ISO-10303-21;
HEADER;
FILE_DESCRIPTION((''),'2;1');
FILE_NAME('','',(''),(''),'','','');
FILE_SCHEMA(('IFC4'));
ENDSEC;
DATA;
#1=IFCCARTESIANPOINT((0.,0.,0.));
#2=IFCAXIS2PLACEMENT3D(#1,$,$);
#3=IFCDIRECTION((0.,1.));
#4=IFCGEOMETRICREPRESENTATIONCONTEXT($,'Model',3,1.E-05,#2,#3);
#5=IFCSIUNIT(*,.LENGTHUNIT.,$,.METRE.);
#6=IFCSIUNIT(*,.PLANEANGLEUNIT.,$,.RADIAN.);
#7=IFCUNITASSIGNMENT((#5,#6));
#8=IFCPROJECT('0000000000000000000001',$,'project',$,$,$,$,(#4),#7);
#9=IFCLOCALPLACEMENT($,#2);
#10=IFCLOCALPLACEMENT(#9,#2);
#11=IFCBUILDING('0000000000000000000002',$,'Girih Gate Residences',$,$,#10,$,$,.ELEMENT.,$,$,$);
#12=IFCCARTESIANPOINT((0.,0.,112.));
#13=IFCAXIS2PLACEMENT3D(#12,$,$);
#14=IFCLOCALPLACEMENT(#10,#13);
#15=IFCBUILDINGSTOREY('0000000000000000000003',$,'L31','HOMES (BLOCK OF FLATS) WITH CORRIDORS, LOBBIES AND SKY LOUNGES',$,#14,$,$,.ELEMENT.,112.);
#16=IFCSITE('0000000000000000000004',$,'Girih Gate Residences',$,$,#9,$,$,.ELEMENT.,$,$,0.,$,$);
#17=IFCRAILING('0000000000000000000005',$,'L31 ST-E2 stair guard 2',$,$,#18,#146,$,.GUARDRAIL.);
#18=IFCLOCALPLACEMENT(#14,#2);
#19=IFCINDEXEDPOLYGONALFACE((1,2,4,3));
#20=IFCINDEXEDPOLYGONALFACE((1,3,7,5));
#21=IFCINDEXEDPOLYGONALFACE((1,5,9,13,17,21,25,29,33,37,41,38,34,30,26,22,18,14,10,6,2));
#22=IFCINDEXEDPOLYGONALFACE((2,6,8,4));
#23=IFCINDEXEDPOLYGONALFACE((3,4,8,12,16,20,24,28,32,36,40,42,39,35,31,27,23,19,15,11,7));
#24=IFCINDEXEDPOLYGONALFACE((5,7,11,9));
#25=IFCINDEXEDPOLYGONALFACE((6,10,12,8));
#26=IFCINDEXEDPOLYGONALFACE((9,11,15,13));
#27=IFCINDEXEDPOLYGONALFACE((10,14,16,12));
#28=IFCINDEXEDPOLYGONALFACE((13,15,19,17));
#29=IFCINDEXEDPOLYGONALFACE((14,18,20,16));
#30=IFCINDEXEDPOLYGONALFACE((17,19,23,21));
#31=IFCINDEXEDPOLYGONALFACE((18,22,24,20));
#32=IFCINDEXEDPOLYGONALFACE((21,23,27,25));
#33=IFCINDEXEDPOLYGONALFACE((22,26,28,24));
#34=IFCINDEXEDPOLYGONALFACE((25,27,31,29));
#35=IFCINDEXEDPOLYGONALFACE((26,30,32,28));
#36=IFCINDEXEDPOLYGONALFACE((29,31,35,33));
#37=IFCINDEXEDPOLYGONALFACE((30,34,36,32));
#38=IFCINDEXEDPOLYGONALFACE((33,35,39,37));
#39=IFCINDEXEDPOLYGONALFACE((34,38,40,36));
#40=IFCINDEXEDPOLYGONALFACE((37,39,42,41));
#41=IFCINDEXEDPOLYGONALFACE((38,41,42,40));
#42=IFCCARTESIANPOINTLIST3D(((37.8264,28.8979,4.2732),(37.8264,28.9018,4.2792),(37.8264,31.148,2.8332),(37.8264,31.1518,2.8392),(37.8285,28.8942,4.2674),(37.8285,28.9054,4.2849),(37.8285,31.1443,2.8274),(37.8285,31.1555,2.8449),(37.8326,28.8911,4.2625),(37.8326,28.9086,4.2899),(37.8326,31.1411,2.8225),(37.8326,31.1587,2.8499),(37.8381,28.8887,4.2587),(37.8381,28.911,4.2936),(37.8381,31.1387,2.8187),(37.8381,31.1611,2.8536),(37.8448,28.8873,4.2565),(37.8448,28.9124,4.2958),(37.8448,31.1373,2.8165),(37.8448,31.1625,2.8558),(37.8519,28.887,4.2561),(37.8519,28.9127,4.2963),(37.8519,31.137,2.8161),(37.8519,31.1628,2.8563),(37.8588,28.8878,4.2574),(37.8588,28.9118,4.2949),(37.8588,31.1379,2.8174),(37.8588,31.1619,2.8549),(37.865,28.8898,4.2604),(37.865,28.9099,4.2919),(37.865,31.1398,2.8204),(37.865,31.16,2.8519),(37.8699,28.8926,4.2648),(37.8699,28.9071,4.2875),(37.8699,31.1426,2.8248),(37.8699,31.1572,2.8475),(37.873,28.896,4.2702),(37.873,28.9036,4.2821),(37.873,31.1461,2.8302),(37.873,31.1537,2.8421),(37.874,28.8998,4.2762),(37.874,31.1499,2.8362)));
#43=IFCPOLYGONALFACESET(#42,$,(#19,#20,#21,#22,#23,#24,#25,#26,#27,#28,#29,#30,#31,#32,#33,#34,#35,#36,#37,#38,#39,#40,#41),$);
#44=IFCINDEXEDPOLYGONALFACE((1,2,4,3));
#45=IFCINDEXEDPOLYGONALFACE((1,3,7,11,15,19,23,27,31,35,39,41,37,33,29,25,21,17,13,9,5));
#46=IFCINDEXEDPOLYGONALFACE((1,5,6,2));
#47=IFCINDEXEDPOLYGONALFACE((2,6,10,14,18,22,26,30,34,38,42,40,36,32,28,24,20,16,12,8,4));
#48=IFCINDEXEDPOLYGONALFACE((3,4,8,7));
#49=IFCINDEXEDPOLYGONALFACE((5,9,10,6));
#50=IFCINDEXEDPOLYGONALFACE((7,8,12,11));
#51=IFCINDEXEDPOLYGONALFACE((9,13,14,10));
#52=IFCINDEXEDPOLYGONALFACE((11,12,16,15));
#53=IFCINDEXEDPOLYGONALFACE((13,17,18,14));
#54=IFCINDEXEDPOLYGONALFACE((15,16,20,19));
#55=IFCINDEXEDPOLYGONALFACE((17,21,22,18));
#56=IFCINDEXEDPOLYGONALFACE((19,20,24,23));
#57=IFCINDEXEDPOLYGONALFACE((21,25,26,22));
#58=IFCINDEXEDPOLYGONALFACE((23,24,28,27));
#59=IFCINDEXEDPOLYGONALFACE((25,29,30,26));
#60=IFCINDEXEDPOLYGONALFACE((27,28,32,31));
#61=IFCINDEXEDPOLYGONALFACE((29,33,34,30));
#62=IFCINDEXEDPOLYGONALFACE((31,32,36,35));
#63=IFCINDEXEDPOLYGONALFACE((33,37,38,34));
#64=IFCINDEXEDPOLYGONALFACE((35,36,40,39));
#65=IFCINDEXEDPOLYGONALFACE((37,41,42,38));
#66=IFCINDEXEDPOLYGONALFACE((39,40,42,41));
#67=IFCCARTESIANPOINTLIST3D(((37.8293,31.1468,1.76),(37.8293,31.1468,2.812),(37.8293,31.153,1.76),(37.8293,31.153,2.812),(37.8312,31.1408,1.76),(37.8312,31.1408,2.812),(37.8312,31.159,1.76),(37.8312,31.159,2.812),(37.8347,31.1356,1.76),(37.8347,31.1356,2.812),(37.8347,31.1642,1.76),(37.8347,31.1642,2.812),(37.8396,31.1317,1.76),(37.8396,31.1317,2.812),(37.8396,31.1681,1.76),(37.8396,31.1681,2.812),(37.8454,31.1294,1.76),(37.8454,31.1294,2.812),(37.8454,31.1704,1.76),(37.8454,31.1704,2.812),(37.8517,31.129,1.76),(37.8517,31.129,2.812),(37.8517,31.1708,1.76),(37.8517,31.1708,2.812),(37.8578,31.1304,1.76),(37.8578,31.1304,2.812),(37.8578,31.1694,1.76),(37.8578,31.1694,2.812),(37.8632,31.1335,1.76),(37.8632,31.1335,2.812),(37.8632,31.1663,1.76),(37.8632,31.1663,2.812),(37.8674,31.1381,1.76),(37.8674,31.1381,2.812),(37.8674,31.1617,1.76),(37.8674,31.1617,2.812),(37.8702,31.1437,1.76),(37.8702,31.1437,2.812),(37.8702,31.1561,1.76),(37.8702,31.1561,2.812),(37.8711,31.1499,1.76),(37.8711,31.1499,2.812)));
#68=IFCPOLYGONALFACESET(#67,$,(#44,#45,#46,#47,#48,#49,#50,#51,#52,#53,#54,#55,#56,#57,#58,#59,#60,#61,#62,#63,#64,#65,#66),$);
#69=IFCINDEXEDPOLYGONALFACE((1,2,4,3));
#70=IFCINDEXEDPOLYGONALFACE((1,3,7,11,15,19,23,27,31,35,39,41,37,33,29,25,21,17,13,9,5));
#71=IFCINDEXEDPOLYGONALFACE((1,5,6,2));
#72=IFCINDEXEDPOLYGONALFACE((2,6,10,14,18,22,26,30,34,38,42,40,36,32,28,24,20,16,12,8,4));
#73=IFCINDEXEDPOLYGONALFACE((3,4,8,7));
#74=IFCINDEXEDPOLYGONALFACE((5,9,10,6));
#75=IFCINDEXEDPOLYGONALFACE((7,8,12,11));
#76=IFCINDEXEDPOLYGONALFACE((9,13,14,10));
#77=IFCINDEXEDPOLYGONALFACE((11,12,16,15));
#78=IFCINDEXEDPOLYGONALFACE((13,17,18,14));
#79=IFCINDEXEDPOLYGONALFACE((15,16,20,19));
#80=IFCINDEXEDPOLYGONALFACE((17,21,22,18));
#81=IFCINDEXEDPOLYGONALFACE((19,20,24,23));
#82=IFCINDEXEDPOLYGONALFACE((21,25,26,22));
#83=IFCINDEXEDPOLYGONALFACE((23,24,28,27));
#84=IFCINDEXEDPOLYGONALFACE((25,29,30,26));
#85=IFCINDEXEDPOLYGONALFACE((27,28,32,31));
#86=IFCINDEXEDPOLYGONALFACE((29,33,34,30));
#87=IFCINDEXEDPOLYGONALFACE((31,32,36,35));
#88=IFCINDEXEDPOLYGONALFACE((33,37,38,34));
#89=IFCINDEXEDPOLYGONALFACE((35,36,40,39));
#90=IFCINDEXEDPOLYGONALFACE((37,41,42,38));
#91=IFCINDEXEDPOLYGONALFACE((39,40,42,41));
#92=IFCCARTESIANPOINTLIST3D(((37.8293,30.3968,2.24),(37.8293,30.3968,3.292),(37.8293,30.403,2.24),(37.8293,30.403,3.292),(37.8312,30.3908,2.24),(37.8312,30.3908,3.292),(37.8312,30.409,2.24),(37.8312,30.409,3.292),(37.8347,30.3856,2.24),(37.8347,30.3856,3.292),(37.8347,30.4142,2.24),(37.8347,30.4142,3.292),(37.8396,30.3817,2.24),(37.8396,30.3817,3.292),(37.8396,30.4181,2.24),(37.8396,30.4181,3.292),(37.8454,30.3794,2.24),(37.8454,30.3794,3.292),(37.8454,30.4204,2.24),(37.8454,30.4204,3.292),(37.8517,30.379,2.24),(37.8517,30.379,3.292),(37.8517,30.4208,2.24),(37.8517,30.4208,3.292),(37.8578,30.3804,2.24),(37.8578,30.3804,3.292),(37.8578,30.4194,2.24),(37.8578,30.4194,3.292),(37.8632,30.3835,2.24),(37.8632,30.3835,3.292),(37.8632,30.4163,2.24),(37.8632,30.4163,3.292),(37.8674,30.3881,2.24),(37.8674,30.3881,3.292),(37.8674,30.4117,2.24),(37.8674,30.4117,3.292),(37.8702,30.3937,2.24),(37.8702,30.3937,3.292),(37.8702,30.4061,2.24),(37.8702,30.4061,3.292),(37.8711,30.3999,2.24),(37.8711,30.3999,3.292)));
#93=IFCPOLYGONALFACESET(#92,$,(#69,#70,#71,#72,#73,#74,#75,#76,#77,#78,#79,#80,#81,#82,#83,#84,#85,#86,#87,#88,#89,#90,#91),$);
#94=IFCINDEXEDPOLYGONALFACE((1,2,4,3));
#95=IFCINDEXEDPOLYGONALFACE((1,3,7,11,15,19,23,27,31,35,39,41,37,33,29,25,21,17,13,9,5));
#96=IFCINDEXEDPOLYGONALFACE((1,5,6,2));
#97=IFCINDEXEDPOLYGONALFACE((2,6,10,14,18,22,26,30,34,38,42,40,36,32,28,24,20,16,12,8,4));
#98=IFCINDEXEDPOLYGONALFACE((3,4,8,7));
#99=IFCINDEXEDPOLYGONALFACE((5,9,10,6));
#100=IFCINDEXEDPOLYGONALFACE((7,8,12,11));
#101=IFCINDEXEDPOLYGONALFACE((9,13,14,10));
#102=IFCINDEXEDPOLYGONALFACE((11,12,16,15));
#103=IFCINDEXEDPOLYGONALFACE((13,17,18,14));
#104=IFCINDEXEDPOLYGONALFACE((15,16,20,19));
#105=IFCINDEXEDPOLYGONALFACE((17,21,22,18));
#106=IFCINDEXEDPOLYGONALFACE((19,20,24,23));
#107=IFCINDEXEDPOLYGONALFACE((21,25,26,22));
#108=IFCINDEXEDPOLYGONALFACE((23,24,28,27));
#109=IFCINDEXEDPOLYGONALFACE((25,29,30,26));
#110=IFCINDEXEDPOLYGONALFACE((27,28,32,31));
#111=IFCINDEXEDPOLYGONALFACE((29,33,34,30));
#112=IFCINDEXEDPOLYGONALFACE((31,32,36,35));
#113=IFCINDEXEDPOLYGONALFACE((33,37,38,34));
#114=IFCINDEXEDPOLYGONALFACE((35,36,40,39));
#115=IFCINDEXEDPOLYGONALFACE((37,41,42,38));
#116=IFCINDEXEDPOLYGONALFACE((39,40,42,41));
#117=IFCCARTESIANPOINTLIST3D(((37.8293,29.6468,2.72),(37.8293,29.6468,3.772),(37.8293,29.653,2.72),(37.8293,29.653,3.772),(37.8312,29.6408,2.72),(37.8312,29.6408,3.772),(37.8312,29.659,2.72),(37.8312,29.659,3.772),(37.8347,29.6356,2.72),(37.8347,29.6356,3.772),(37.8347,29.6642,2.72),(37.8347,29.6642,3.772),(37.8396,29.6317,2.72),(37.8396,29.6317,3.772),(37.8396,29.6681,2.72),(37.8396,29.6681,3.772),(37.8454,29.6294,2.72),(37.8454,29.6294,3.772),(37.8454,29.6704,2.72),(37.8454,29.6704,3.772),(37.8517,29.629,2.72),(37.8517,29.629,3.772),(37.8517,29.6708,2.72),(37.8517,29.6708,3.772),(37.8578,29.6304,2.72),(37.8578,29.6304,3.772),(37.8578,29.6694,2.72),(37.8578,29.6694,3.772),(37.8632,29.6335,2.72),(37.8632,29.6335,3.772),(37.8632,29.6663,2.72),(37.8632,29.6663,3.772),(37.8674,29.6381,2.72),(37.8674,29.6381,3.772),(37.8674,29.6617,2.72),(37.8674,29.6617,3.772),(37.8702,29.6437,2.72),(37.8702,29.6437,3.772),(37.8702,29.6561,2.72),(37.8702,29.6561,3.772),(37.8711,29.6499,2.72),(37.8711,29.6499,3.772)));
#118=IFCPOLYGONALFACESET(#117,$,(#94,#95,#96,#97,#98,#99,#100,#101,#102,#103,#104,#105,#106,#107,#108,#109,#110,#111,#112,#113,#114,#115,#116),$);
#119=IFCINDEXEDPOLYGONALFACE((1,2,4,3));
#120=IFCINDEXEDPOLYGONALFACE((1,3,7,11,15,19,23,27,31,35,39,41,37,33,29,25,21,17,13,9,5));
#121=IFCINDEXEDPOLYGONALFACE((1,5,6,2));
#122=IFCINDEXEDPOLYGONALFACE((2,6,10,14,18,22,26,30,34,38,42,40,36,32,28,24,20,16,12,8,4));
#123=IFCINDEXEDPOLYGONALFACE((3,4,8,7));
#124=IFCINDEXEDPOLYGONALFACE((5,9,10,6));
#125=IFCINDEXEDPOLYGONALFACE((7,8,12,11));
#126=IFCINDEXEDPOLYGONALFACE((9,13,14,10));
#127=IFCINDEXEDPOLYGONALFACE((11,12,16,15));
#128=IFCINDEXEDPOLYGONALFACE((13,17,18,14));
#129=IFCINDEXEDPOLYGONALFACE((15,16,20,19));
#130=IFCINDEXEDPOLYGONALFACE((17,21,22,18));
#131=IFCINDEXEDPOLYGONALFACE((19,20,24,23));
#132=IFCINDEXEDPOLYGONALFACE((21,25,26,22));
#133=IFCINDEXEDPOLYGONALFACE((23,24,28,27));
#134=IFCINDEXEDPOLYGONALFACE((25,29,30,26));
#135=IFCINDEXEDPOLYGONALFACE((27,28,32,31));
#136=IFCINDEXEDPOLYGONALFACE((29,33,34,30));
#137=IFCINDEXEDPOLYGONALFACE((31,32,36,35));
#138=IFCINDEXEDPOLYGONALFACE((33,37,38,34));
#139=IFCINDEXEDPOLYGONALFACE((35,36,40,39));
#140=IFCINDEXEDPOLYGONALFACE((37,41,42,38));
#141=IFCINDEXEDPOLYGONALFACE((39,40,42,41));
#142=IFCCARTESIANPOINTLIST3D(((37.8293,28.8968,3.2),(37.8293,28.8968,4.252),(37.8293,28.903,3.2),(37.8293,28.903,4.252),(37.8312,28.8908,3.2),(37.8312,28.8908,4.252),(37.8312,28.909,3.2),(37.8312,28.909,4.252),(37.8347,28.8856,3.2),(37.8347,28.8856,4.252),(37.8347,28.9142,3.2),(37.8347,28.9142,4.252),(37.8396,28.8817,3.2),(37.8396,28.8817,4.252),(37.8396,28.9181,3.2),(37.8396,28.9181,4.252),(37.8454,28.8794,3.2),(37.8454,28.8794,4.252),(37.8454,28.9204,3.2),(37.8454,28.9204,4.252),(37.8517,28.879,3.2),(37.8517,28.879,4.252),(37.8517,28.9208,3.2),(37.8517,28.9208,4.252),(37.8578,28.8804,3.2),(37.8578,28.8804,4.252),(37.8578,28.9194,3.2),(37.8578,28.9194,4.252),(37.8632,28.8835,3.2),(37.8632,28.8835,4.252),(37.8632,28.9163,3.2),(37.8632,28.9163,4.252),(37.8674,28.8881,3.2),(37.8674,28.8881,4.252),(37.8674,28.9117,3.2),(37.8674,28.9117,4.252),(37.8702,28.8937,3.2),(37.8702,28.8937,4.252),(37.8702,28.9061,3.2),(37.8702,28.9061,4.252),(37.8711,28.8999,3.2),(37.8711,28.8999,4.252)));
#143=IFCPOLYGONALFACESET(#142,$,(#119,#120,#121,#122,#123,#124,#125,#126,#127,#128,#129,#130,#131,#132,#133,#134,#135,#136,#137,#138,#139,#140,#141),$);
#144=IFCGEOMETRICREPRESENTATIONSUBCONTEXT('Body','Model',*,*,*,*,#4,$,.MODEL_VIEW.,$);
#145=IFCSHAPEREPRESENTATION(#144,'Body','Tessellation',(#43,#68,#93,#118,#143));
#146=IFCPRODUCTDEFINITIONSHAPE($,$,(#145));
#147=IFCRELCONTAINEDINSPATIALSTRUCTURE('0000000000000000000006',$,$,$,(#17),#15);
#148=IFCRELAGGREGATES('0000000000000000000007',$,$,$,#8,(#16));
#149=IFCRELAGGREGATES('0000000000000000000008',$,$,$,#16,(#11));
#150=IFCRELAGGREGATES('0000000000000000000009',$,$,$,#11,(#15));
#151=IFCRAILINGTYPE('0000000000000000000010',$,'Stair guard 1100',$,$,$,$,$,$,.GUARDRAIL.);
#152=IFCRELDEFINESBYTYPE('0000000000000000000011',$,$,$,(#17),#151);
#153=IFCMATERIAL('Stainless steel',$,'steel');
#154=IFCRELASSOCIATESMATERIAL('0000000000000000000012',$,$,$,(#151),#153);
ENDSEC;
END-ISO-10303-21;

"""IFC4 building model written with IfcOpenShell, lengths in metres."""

from ifc_helpers import new_model, si_unit, direction, frame, origin, origin_2d, place, context, subcontext, project, spatial, circle, extrude, material, type_object, element, save


model = new_model("IFC4")

# Units and contexts
model_context = context("Model", 3, precision=1e-05, world=origin(), true_north=direction((0.0, 1.0)))
body_context = subcontext(model_context, "Body", "Model", "MODEL_VIEW")
ifc_project = project(units=[si_unit("LENGTHUNIT", "METRE"), si_unit("PLANEANGLEUNIT", "RADIAN")], contexts=[model_context])

# Site, building, storey
site_placement = place(None, origin())
site = spatial("IfcSite", under=ifc_project, at=site_placement, Name="Girih Gate Residences", CompositionType="ELEMENT", RefElevation=0.0)
building_placement = place(site_placement, origin())
building = spatial("IfcBuilding", under=site, at=building_placement, Name="Girih Gate Residences", CompositionType="ELEMENT")
storey_placement = place(building_placement, frame((0.0, 0.0, 112.0)))
storey = spatial("IfcBuildingStorey", under=building, at=storey_placement, Name="L31", Description="HOMES (BLOCK OF FLATS) WITH CORRIDORS, LOBBIES AND SKY LOUNGES", CompositionType="ELEMENT", Elevation=112.0)

# Railing
ifc_material_1 = material(Name="Stainless steel", Category="steel")
railing_type_1 = type_object("IfcRailingType", Name="Stair guard 1100", PredefinedType="GUARDRAIL", material=ifc_material_1)
railing_1_placement = place(storey_placement, frame((37.8501, 31.1499, 1.76)))
element("IfcRailing", 1, at=railing_1_placement, inside=storey, type_object=railing_type_1, Name="L31 ST-E2 stair guard 2", PredefinedType="GUARDRAIL", context=body_context, shape_type="SweptSolid", body=[
    extrude(circle(Radius=0.0239, at=origin_2d()), frame((0.0, 0.0, 1.0762), z_axis=(0.0, -0.842281, 0.539038), x_axis=(1.0, 0.0, 0.0)), (0.0, 0.0, 1.0), 2.6714),
    extrude(circle(Radius=0.021, at=origin_2d()), origin(), (0.0, 0.0, 1.0), 1.052),
    extrude(circle(Radius=0.021, at=origin_2d()), frame((0.0, -0.75, 0.48)), (0.0, 0.0, 1.0), 1.052),
    extrude(circle(Radius=0.021, at=origin_2d()), frame((0.0, -1.5, 0.96)), (0.0, 0.0, 1.0), 1.052),
    extrude(circle(Radius=0.021, at=origin_2d()), frame((0.0, -2.25, 1.4399)), (0.0, 0.0, 1.0), 1.052),
])

save(model, "model.ifc")
